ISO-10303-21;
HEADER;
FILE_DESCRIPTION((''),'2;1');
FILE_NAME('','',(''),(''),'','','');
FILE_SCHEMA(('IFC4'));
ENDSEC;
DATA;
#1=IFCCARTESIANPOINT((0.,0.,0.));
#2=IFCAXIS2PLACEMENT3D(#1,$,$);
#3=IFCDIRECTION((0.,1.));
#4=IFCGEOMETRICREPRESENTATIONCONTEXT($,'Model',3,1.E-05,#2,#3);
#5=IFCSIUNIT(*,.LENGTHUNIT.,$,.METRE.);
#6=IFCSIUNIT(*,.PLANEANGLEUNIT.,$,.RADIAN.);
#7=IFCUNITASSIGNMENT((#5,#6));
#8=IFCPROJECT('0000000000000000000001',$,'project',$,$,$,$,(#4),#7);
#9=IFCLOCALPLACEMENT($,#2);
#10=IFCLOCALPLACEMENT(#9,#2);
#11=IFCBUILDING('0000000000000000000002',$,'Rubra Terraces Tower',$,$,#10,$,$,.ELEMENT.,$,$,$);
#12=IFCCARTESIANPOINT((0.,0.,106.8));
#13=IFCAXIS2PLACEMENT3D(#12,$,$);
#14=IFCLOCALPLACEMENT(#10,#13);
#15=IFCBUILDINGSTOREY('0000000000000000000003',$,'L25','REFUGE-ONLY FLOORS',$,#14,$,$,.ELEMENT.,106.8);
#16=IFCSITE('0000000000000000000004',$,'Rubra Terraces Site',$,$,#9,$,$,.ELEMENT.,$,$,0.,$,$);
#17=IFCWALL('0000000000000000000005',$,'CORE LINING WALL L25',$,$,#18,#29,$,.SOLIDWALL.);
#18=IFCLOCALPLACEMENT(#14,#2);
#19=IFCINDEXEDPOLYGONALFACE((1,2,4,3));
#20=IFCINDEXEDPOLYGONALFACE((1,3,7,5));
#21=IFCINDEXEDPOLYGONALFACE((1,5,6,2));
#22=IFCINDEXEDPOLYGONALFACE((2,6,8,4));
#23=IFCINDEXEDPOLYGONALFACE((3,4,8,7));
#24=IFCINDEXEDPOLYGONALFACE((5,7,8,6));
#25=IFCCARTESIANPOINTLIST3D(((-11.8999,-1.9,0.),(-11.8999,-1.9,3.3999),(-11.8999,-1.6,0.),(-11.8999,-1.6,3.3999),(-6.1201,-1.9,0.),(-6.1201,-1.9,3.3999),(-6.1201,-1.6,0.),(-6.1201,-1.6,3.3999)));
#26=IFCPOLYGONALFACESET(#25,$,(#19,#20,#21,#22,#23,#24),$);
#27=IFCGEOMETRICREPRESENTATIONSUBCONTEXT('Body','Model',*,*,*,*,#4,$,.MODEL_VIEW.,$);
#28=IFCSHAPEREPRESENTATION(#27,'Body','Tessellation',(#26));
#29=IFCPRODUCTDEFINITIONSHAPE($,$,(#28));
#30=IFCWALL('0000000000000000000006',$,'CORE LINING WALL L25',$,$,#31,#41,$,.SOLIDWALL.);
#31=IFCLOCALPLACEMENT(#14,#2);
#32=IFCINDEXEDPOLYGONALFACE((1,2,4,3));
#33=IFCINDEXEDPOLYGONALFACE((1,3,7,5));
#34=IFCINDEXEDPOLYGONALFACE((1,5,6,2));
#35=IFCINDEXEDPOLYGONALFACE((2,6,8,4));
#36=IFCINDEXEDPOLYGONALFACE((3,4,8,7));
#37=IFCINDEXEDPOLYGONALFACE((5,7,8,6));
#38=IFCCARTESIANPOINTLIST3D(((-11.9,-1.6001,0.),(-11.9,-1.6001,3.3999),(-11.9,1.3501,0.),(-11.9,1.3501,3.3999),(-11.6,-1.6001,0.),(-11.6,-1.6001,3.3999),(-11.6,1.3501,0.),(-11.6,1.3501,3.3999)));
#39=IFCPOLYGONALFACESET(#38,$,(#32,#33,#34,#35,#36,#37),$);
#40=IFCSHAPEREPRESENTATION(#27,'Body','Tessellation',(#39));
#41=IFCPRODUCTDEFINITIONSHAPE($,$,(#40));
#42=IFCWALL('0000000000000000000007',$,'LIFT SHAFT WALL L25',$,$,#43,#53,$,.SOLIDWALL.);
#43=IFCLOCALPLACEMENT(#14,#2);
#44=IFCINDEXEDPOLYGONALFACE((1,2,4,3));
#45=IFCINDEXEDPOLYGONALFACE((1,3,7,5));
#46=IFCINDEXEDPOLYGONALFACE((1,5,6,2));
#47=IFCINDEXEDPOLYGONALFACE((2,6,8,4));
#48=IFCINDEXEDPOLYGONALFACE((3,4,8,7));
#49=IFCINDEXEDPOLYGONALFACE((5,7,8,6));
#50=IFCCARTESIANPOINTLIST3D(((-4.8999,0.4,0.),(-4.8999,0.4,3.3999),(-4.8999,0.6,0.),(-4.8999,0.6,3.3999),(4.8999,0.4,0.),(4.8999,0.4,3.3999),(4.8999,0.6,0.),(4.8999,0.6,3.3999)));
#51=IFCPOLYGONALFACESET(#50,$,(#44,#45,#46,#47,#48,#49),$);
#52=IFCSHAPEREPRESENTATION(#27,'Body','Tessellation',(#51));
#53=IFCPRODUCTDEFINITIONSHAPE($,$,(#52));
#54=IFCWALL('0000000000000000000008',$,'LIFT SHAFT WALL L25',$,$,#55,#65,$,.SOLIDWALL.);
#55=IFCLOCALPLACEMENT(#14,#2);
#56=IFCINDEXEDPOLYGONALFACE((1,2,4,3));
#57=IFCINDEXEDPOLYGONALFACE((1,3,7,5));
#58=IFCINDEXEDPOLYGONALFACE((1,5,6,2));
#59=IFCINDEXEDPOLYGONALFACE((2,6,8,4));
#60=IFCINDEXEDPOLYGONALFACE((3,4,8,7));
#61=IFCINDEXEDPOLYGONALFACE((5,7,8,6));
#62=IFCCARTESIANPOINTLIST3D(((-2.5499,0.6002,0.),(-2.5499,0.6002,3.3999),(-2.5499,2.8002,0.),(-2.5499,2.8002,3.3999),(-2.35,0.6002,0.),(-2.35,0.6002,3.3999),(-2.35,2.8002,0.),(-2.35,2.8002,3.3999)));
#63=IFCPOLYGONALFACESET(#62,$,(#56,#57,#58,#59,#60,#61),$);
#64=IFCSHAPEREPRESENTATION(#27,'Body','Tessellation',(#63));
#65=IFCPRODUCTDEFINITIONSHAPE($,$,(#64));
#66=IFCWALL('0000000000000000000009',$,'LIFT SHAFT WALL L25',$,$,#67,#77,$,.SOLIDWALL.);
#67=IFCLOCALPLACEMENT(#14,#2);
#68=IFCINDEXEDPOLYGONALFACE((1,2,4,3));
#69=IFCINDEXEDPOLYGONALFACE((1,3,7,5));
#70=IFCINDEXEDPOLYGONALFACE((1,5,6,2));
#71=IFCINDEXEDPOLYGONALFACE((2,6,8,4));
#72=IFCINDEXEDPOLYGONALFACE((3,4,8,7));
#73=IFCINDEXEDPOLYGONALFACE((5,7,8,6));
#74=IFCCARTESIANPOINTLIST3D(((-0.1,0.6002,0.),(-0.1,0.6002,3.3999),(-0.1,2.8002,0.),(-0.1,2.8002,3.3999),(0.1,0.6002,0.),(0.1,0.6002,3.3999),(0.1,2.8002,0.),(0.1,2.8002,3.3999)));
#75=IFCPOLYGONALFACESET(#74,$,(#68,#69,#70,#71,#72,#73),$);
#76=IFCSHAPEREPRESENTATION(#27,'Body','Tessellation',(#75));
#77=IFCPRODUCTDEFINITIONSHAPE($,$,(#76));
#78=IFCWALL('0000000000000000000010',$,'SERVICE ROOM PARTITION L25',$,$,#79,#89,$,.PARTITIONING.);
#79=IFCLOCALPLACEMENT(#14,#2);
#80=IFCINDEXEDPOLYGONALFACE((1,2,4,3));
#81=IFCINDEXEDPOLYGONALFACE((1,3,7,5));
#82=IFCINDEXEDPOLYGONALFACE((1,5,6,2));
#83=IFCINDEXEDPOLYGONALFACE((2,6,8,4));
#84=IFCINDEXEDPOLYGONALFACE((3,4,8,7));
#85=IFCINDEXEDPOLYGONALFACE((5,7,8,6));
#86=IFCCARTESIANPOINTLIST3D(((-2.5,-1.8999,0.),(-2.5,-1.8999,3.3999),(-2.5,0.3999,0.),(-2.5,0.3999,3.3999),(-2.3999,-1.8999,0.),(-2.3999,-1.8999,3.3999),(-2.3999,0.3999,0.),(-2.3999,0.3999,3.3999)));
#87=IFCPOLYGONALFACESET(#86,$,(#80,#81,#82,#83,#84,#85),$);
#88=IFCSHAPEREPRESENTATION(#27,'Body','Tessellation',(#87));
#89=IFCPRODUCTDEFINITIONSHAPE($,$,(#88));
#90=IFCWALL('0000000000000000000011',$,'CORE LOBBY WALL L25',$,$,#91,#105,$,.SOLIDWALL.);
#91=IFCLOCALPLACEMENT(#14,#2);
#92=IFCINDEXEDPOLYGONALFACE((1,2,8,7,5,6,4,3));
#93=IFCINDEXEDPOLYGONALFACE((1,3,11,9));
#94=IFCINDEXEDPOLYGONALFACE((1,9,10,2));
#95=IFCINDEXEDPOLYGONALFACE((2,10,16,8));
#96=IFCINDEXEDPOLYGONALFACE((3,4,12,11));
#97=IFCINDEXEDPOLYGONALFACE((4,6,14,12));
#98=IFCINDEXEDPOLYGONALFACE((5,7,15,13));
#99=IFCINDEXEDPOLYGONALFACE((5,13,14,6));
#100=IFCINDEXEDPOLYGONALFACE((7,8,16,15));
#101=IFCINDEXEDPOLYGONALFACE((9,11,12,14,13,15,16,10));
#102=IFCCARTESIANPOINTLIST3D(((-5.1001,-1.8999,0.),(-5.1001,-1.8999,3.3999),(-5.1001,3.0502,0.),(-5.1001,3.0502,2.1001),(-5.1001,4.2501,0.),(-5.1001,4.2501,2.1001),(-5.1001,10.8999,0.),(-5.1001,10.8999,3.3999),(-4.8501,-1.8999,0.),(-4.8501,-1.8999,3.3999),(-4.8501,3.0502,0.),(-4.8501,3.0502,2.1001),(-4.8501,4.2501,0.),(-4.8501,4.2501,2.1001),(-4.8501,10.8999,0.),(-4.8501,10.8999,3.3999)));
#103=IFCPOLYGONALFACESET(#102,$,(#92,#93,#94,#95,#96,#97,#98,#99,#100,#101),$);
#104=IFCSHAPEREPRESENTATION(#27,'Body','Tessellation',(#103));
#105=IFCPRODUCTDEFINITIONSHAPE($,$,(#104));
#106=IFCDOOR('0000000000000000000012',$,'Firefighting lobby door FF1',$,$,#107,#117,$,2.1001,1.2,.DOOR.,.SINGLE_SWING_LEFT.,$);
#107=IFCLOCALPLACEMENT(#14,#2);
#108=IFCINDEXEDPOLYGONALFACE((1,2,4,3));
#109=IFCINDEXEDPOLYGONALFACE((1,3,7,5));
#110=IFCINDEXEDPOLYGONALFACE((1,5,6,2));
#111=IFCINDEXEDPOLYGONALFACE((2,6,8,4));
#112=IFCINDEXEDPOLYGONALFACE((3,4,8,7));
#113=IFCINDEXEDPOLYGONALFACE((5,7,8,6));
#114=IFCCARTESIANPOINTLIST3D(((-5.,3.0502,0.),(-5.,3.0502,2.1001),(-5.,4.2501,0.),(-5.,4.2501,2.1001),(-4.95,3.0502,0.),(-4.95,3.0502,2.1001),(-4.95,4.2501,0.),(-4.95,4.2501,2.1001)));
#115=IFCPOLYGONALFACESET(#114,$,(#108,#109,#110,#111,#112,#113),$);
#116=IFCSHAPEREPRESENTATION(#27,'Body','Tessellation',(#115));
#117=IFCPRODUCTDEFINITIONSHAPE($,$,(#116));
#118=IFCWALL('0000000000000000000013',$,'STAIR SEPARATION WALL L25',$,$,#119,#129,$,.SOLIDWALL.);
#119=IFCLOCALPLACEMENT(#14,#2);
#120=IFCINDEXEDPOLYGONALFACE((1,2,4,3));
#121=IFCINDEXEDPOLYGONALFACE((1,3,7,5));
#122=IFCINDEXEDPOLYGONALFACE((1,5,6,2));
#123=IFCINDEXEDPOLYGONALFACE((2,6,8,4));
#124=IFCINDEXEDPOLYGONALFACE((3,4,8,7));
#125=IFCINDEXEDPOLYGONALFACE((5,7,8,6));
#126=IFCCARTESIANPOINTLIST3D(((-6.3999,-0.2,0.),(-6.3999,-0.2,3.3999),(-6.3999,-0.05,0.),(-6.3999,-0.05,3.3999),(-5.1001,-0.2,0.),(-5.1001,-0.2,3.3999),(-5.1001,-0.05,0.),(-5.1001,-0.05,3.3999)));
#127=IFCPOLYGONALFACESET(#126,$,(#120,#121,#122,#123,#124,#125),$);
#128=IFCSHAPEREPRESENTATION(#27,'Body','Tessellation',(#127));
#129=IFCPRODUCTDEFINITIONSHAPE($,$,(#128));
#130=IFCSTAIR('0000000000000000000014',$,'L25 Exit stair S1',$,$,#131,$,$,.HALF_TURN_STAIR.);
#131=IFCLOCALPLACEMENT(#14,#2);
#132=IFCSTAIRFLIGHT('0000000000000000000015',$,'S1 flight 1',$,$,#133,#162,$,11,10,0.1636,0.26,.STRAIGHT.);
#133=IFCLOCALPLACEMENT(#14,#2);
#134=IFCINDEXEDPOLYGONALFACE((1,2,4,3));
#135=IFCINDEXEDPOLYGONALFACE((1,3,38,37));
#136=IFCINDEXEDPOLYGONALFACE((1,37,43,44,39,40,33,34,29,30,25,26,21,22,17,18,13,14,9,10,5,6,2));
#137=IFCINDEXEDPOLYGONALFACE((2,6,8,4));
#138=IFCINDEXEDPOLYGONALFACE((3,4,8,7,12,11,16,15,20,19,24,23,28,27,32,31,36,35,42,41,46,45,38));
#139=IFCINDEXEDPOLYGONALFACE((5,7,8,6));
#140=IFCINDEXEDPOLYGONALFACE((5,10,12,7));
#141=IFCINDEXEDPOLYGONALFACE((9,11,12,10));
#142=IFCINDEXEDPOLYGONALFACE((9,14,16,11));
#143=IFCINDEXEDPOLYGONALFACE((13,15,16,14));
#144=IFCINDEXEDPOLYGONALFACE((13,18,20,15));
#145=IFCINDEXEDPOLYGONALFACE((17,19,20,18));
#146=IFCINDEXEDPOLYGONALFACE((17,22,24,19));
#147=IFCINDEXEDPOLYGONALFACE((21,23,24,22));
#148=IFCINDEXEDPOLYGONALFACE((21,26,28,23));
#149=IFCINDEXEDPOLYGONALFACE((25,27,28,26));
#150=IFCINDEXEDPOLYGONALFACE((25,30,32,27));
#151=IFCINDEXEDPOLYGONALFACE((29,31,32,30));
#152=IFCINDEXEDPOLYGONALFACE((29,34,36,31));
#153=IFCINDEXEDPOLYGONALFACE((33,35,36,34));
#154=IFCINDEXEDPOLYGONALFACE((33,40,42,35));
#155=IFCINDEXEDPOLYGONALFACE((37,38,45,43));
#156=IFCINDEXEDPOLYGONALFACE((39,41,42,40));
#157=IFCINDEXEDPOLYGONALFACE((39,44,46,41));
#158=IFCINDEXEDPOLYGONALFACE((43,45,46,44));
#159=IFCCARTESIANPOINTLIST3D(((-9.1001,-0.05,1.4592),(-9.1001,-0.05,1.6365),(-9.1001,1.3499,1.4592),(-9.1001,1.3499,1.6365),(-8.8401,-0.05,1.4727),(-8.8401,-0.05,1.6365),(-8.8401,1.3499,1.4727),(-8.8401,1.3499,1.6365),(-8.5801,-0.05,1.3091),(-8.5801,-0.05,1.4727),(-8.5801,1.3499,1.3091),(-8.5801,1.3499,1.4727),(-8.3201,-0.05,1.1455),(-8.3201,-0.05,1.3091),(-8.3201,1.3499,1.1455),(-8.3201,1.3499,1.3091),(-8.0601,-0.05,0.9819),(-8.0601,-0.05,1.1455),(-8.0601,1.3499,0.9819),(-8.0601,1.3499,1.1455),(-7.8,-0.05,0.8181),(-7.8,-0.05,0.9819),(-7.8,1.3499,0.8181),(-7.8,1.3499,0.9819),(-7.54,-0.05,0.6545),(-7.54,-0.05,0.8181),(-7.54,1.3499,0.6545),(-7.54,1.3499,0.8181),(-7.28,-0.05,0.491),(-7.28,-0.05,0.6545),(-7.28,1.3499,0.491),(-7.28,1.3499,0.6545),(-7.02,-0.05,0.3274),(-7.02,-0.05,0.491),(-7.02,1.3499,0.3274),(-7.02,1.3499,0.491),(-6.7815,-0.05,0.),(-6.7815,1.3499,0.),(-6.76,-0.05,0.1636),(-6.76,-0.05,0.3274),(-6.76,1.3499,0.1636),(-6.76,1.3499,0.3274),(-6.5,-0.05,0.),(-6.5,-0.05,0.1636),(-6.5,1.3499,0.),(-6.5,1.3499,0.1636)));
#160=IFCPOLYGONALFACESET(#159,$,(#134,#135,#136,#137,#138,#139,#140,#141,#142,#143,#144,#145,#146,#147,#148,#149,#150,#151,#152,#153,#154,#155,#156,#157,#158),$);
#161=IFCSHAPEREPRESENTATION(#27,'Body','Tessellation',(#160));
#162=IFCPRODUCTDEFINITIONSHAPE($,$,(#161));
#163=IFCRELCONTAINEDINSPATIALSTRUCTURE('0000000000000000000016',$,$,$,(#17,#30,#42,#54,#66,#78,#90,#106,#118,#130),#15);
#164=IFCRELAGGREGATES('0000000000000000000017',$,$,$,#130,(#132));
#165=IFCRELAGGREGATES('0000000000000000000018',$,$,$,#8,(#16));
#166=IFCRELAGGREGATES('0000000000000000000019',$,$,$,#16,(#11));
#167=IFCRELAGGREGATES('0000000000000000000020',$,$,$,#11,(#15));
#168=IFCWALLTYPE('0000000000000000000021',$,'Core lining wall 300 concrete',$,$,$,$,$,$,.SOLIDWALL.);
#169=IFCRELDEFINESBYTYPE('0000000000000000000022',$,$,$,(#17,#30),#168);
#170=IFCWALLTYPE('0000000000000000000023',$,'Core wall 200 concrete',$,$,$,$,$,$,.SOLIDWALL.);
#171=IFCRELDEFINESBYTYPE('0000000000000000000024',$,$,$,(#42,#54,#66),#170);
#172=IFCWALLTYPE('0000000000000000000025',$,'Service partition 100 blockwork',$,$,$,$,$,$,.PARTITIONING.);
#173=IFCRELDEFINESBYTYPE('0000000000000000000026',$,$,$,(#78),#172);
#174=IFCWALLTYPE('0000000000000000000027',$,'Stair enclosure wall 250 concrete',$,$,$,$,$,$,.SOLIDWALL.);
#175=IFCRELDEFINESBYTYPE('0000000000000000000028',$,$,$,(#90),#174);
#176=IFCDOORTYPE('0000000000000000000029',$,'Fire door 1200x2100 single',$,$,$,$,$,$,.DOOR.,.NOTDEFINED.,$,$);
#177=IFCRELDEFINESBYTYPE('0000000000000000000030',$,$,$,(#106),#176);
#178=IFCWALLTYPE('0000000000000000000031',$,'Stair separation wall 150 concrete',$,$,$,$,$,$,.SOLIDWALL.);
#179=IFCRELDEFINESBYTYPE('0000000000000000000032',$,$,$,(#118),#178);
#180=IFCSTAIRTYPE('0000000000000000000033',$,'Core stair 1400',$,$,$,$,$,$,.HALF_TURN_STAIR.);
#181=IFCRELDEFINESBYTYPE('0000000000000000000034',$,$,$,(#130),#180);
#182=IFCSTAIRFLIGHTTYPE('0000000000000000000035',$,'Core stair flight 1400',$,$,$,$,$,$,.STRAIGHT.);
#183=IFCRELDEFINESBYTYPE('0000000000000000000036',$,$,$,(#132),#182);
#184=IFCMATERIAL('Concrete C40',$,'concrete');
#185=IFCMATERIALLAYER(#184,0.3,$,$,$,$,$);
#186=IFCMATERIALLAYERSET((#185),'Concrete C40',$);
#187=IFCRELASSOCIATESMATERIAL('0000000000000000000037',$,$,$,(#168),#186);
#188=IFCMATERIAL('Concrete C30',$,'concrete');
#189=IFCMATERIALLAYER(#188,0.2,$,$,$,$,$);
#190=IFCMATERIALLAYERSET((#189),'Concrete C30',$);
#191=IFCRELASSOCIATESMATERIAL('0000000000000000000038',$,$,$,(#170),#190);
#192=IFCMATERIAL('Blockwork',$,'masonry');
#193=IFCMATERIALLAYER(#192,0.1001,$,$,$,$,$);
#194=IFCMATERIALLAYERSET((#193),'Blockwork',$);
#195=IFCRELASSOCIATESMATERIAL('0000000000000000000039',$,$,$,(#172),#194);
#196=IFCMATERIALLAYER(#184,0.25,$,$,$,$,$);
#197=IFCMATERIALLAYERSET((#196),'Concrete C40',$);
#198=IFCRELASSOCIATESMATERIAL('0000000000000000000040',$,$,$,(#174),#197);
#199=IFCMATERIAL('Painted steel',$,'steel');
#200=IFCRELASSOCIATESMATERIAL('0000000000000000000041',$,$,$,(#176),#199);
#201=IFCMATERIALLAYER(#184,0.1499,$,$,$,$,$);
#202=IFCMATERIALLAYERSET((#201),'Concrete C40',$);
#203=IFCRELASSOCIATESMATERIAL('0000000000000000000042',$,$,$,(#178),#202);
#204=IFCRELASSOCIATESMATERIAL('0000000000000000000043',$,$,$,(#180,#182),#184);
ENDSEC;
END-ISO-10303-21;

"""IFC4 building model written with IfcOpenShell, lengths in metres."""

from ifc_helpers import new_model, si_unit, direction, frame, frame_2d, origin, place, context, subcontext, project, spatial, polyline, rectangle, outline, extrude, material, layer, layer_set, type_object, element, fill, aggregate, save


model = new_model("IFC4")

# Units and contexts
model_context = context("Model", 3, precision=1e-05, world=origin(), true_north=direction((0.0, 1.0)))
body_context = subcontext(model_context, "Body", "Model", "MODEL_VIEW")
ifc_project = project(units=[si_unit("LENGTHUNIT", "METRE"), si_unit("PLANEANGLEUNIT", "RADIAN")], contexts=[model_context])

# Site, building, storey
site_placement = place(None, origin())
site = spatial("IfcSite", under=ifc_project, at=site_placement, Name="Rubra Terraces Site", CompositionType="ELEMENT", RefElevation=0.0)
building_placement = place(site_placement, origin())
building = spatial("IfcBuilding", under=site, at=building_placement, Name="Rubra Terraces Tower", CompositionType="ELEMENT")
storey_placement = place(building_placement, frame((0.0, 0.0, 106.8)))
storey = spatial("IfcBuildingStorey", under=building, at=storey_placement, Name="L25", Description="REFUGE-ONLY FLOORS", CompositionType="ELEMENT", Elevation=106.8)

# Shared definitions
ifc_material_1 = material(Name="Concrete C40", Category="concrete")

# Shared definitions
ifc_material_2 = material(Name="Painted steel", Category="steel")

# Walls
ifc_layer_1 = layer(ifc_material_1, 0.3)
ifc_layer_set_1 = layer_set([ifc_layer_1], Name="Concrete C40")
wall_type_1 = type_object("IfcWallType", Name="Core lining wall 300 concrete", PredefinedType="SOLIDWALL", material=ifc_layer_set_1)
wall_1_placement = place(storey_placement, frame((-11.8999, -1.75, 0.0), z_axis=(0.0, 0.0, 1.0), x_axis=(1.0, 0.0, 0.0)))
element("IfcWall", 1, at=wall_1_placement, inside=storey, type_object=wall_type_1, Name="CORE LINING WALL L25", PredefinedType="SOLIDWALL", context=body_context, shape_type="SweptSolid", body=[
    extrude(rectangle(XDim=5.7798, YDim=0.3, at=frame_2d((2.8899, 0.0))), origin(), (0.0, 0.0, 1.0), 3.3999),
])
wall_2_placement = place(storey_placement, frame((-11.75, -1.6001, 0.0), z_axis=(0.0, 0.0, 1.0), x_axis=(0.0, 1.0, 0.0)))
element("IfcWall", 2, at=wall_2_placement, inside=storey, type_object=wall_type_1, Name="CORE LINING WALL L25", PredefinedType="SOLIDWALL", context=body_context, shape_type="SweptSolid", body=[
    extrude(rectangle(XDim=2.9502, YDim=0.3, at=frame_2d((1.4751, 0.0))), origin(), (0.0, 0.0, 1.0), 3.3999),
])
ifc_material_3 = material(Name="Concrete C30", Category="concrete")
ifc_layer_2 = layer(ifc_material_3, 0.2)
ifc_layer_set_2 = layer_set([ifc_layer_2], Name="Concrete C30")
wall_type_2 = type_object("IfcWallType", Name="Core wall 200 concrete", PredefinedType="SOLIDWALL", material=ifc_layer_set_2)
wall_3_placement = place(storey_placement, frame((-4.8999, 0.5, 0.0), z_axis=(0.0, 0.0, 1.0), x_axis=(1.0, 0.0, 0.0)))
element("IfcWall", 3, at=wall_3_placement, inside=storey, type_object=wall_type_2, Name="LIFT SHAFT WALL L25", PredefinedType="SOLIDWALL", context=body_context, shape_type="SweptSolid", body=[
    extrude(rectangle(XDim=9.7998, YDim=0.2, at=frame_2d((4.8999, 0.0))), origin(), (0.0, 0.0, 1.0), 3.3999),
])
for number, where, z_axis, x_axis, name in (
    (4, (-2.45, 0.6001, 0.0), (0.0, 0.0, 1.0), (0.0, 1.0, 0.0), "LIFT SHAFT WALL L25"),
    (5, (0.0, 0.6001, 0.0), (0.0, 0.0, 1.0), (0.0, 1.0, 0.0), "LIFT SHAFT WALL L25"),
):
    element("IfcWall", number, at=place(storey_placement, frame(where, z_axis=z_axis, x_axis=x_axis)), inside=storey, type_object=wall_type_2, Name=name, PredefinedType="SOLIDWALL", context=body_context, shape_type="SweptSolid", body=[
        extrude(rectangle(XDim=2.2, YDim=0.2, at=frame_2d((1.1001, 0.0))), origin(), (0.0, 0.0, 1.0), 3.3999),
    ])
ifc_material_4 = material(Name="Blockwork", Category="masonry")
ifc_layer_3 = layer(ifc_material_4, 0.1001)
ifc_layer_set_3 = layer_set([ifc_layer_3], Name="Blockwork")
wall_type_3 = type_object("IfcWallType", Name="Service partition 100 blockwork", PredefinedType="PARTITIONING", material=ifc_layer_set_3)
wall_4_placement = place(storey_placement, frame((-2.45, -1.8999, 0.0), z_axis=(0.0, 0.0, 1.0), x_axis=(0.0, 1.0, 0.0)))
element("IfcWall", 6, at=wall_4_placement, inside=storey, type_object=wall_type_3, Name="SERVICE ROOM PARTITION L25", PredefinedType="PARTITIONING", context=body_context, shape_type="SweptSolid", body=[
    extrude(rectangle(XDim=2.2998, YDim=0.1001, at=frame_2d((1.1499, 0.0))), origin(), (0.0, 0.0, 1.0), 3.3999),
])

# Wall, opening, door
ifc_layer_4 = layer(ifc_material_1, 0.25)
ifc_layer_set_4 = layer_set([ifc_layer_4], Name="Concrete C40")
wall_type_4 = type_object("IfcWallType", Name="Stair enclosure wall 250 concrete", PredefinedType="SOLIDWALL", material=ifc_layer_set_4)
wall_5_placement = place(storey_placement, frame((-4.9751, -1.8999, 0.0), z_axis=(0.0, 0.0, 1.0), x_axis=(0.0, 1.0, 0.0)))
wall_5 = element("IfcWall", 7, at=wall_5_placement, inside=storey, type_object=wall_type_4, Name="CORE LOBBY WALL L25", PredefinedType="SOLIDWALL", context=body_context, shape_type="SweptSolid", body=[
    extrude(rectangle(XDim=12.7998, YDim=0.25, at=frame_2d((6.3999, 0.0))), origin(), (0.0, 0.0, 1.0), 3.3999),
])
opening_1_placement = place(wall_5_placement, frame((4.95, 0.0, 0.0)))
opening_1 = element("IfcOpeningElement", 8, at=opening_1_placement, cuts=wall_5, PredefinedType="OPENING", context=body_context, shape_type="SweptSolid", body=[
    extrude(rectangle(XDim=1.2, YDim=2.1001, at=frame_2d((0.6001, 1.05))), frame((0.0, 0.135, 0.0), z_axis=(0.0, -1.0, 0.0), x_axis=(1.0, 0.0, 0.0)), (0.0, 0.0, 1.0), 0.27),
])
door_type_1 = type_object("IfcDoorType", Name="Fire door 1200x2100 single", OperationType="NOTDEFINED", PredefinedType="DOOR", material=ifc_material_2)
door_1_placement = place(opening_1_placement, origin())
door_1 = element("IfcDoor", 9, at=door_1_placement, inside=storey, type_object=door_type_1, Name="Firefighting lobby door FF1", OperationType="SINGLE_SWING_LEFT", OverallHeight=2.1001, OverallWidth=1.2, PredefinedType="DOOR", context=body_context, shape_type="SweptSolid", body=[
    extrude(rectangle(XDim=1.2, YDim=2.1001, at=frame_2d((0.6001, 1.05))), frame((0.0, 0.0249, 0.0), z_axis=(0.0, -1.0, 0.0), x_axis=(1.0, 0.0, 0.0)), (0.0, 0.0, 1.0), 0.05),
])
fill(opening_1, door_1)

# Wall
ifc_layer_5 = layer(ifc_material_1, 0.1499)
ifc_layer_set_5 = layer_set([ifc_layer_5], Name="Concrete C40")
wall_type_5 = type_object("IfcWallType", Name="Stair separation wall 150 concrete", PredefinedType="SOLIDWALL", material=ifc_layer_set_5)
wall_6_placement = place(storey_placement, frame((-6.3999, -0.125, 0.0), z_axis=(0.0, 0.0, 1.0), x_axis=(1.0, 0.0, 0.0)))
element("IfcWall", 10, at=wall_6_placement, inside=storey, type_object=wall_type_5, Name="STAIR SEPARATION WALL L25", PredefinedType="SOLIDWALL", context=body_context, shape_type="SweptSolid", body=[
    extrude(rectangle(XDim=1.2998, YDim=0.1499, at=frame_2d((0.6499, 0.0))), origin(), (0.0, 0.0, 1.0), 3.3999),
])

# Stair, stair flight
stair_type = type_object("IfcStairType", Name="Core stair 1400", PredefinedType="HALF_TURN_STAIR", material=ifc_material_1)
stair_placement = place(storey_placement, origin())
stair = element("IfcStair", 11, at=stair_placement, inside=storey, type_object=stair_type, Name="L25 Exit stair S1", PredefinedType="HALF_TURN_STAIR")
stair_flight_type = type_object("IfcStairFlightType", Name="Core stair flight 1400", PredefinedType="STRAIGHT", material=ifc_material_1)
stair_flight_1_placement = place(storey_placement, frame((-6.5, 0.6499, 0.0), z_axis=(0.0, 0.0, 1.0), x_axis=(-1.0, 0.0, 0.0)))
stair_flight_1 = element("IfcStairFlight", 12, at=stair_flight_1_placement, type_object=stair_flight_type, Name="S1 flight 1", NumberOfRisers=11, NumberOfTreads=10, PredefinedType="STRAIGHT", RiserHeight=0.1636, TreadLength=0.26, context=body_context, shape_type="SweptSolid", body=[
    extrude(outline(polyline([(0.0, 0.0), (0.0, 0.1636), (0.26, 0.1636), (0.26, 0.3274), (0.52, 0.3274), (0.52, 0.491), (0.78, 0.491), (0.78, 0.6545), (1.04, 0.6545), (1.04, 0.8181), (1.3, 0.8181), (1.3, 0.9819), (1.5601, 0.9819), (1.5601, 1.1455), (1.8201, 1.1455), (1.8201, 1.3091), (2.0801, 1.3091), (2.0801, 1.4727), (2.3401, 1.4727), (2.3401, 1.6365), (2.6001, 1.6365), (2.6001, 1.8), (2.6001, 1.4592), (0.2815, 0.0), (0.0, 0.0)])), frame((0.0, 0.7, 0.0), z_axis=(0.0, -1.0, 0.0), x_axis=(1.0, 0.0, 0.0)), (0.0, 0.0, 1.0), 1.3999),
])
aggregate(stair, [stair_flight_1])

save(model, "model.ifc")
